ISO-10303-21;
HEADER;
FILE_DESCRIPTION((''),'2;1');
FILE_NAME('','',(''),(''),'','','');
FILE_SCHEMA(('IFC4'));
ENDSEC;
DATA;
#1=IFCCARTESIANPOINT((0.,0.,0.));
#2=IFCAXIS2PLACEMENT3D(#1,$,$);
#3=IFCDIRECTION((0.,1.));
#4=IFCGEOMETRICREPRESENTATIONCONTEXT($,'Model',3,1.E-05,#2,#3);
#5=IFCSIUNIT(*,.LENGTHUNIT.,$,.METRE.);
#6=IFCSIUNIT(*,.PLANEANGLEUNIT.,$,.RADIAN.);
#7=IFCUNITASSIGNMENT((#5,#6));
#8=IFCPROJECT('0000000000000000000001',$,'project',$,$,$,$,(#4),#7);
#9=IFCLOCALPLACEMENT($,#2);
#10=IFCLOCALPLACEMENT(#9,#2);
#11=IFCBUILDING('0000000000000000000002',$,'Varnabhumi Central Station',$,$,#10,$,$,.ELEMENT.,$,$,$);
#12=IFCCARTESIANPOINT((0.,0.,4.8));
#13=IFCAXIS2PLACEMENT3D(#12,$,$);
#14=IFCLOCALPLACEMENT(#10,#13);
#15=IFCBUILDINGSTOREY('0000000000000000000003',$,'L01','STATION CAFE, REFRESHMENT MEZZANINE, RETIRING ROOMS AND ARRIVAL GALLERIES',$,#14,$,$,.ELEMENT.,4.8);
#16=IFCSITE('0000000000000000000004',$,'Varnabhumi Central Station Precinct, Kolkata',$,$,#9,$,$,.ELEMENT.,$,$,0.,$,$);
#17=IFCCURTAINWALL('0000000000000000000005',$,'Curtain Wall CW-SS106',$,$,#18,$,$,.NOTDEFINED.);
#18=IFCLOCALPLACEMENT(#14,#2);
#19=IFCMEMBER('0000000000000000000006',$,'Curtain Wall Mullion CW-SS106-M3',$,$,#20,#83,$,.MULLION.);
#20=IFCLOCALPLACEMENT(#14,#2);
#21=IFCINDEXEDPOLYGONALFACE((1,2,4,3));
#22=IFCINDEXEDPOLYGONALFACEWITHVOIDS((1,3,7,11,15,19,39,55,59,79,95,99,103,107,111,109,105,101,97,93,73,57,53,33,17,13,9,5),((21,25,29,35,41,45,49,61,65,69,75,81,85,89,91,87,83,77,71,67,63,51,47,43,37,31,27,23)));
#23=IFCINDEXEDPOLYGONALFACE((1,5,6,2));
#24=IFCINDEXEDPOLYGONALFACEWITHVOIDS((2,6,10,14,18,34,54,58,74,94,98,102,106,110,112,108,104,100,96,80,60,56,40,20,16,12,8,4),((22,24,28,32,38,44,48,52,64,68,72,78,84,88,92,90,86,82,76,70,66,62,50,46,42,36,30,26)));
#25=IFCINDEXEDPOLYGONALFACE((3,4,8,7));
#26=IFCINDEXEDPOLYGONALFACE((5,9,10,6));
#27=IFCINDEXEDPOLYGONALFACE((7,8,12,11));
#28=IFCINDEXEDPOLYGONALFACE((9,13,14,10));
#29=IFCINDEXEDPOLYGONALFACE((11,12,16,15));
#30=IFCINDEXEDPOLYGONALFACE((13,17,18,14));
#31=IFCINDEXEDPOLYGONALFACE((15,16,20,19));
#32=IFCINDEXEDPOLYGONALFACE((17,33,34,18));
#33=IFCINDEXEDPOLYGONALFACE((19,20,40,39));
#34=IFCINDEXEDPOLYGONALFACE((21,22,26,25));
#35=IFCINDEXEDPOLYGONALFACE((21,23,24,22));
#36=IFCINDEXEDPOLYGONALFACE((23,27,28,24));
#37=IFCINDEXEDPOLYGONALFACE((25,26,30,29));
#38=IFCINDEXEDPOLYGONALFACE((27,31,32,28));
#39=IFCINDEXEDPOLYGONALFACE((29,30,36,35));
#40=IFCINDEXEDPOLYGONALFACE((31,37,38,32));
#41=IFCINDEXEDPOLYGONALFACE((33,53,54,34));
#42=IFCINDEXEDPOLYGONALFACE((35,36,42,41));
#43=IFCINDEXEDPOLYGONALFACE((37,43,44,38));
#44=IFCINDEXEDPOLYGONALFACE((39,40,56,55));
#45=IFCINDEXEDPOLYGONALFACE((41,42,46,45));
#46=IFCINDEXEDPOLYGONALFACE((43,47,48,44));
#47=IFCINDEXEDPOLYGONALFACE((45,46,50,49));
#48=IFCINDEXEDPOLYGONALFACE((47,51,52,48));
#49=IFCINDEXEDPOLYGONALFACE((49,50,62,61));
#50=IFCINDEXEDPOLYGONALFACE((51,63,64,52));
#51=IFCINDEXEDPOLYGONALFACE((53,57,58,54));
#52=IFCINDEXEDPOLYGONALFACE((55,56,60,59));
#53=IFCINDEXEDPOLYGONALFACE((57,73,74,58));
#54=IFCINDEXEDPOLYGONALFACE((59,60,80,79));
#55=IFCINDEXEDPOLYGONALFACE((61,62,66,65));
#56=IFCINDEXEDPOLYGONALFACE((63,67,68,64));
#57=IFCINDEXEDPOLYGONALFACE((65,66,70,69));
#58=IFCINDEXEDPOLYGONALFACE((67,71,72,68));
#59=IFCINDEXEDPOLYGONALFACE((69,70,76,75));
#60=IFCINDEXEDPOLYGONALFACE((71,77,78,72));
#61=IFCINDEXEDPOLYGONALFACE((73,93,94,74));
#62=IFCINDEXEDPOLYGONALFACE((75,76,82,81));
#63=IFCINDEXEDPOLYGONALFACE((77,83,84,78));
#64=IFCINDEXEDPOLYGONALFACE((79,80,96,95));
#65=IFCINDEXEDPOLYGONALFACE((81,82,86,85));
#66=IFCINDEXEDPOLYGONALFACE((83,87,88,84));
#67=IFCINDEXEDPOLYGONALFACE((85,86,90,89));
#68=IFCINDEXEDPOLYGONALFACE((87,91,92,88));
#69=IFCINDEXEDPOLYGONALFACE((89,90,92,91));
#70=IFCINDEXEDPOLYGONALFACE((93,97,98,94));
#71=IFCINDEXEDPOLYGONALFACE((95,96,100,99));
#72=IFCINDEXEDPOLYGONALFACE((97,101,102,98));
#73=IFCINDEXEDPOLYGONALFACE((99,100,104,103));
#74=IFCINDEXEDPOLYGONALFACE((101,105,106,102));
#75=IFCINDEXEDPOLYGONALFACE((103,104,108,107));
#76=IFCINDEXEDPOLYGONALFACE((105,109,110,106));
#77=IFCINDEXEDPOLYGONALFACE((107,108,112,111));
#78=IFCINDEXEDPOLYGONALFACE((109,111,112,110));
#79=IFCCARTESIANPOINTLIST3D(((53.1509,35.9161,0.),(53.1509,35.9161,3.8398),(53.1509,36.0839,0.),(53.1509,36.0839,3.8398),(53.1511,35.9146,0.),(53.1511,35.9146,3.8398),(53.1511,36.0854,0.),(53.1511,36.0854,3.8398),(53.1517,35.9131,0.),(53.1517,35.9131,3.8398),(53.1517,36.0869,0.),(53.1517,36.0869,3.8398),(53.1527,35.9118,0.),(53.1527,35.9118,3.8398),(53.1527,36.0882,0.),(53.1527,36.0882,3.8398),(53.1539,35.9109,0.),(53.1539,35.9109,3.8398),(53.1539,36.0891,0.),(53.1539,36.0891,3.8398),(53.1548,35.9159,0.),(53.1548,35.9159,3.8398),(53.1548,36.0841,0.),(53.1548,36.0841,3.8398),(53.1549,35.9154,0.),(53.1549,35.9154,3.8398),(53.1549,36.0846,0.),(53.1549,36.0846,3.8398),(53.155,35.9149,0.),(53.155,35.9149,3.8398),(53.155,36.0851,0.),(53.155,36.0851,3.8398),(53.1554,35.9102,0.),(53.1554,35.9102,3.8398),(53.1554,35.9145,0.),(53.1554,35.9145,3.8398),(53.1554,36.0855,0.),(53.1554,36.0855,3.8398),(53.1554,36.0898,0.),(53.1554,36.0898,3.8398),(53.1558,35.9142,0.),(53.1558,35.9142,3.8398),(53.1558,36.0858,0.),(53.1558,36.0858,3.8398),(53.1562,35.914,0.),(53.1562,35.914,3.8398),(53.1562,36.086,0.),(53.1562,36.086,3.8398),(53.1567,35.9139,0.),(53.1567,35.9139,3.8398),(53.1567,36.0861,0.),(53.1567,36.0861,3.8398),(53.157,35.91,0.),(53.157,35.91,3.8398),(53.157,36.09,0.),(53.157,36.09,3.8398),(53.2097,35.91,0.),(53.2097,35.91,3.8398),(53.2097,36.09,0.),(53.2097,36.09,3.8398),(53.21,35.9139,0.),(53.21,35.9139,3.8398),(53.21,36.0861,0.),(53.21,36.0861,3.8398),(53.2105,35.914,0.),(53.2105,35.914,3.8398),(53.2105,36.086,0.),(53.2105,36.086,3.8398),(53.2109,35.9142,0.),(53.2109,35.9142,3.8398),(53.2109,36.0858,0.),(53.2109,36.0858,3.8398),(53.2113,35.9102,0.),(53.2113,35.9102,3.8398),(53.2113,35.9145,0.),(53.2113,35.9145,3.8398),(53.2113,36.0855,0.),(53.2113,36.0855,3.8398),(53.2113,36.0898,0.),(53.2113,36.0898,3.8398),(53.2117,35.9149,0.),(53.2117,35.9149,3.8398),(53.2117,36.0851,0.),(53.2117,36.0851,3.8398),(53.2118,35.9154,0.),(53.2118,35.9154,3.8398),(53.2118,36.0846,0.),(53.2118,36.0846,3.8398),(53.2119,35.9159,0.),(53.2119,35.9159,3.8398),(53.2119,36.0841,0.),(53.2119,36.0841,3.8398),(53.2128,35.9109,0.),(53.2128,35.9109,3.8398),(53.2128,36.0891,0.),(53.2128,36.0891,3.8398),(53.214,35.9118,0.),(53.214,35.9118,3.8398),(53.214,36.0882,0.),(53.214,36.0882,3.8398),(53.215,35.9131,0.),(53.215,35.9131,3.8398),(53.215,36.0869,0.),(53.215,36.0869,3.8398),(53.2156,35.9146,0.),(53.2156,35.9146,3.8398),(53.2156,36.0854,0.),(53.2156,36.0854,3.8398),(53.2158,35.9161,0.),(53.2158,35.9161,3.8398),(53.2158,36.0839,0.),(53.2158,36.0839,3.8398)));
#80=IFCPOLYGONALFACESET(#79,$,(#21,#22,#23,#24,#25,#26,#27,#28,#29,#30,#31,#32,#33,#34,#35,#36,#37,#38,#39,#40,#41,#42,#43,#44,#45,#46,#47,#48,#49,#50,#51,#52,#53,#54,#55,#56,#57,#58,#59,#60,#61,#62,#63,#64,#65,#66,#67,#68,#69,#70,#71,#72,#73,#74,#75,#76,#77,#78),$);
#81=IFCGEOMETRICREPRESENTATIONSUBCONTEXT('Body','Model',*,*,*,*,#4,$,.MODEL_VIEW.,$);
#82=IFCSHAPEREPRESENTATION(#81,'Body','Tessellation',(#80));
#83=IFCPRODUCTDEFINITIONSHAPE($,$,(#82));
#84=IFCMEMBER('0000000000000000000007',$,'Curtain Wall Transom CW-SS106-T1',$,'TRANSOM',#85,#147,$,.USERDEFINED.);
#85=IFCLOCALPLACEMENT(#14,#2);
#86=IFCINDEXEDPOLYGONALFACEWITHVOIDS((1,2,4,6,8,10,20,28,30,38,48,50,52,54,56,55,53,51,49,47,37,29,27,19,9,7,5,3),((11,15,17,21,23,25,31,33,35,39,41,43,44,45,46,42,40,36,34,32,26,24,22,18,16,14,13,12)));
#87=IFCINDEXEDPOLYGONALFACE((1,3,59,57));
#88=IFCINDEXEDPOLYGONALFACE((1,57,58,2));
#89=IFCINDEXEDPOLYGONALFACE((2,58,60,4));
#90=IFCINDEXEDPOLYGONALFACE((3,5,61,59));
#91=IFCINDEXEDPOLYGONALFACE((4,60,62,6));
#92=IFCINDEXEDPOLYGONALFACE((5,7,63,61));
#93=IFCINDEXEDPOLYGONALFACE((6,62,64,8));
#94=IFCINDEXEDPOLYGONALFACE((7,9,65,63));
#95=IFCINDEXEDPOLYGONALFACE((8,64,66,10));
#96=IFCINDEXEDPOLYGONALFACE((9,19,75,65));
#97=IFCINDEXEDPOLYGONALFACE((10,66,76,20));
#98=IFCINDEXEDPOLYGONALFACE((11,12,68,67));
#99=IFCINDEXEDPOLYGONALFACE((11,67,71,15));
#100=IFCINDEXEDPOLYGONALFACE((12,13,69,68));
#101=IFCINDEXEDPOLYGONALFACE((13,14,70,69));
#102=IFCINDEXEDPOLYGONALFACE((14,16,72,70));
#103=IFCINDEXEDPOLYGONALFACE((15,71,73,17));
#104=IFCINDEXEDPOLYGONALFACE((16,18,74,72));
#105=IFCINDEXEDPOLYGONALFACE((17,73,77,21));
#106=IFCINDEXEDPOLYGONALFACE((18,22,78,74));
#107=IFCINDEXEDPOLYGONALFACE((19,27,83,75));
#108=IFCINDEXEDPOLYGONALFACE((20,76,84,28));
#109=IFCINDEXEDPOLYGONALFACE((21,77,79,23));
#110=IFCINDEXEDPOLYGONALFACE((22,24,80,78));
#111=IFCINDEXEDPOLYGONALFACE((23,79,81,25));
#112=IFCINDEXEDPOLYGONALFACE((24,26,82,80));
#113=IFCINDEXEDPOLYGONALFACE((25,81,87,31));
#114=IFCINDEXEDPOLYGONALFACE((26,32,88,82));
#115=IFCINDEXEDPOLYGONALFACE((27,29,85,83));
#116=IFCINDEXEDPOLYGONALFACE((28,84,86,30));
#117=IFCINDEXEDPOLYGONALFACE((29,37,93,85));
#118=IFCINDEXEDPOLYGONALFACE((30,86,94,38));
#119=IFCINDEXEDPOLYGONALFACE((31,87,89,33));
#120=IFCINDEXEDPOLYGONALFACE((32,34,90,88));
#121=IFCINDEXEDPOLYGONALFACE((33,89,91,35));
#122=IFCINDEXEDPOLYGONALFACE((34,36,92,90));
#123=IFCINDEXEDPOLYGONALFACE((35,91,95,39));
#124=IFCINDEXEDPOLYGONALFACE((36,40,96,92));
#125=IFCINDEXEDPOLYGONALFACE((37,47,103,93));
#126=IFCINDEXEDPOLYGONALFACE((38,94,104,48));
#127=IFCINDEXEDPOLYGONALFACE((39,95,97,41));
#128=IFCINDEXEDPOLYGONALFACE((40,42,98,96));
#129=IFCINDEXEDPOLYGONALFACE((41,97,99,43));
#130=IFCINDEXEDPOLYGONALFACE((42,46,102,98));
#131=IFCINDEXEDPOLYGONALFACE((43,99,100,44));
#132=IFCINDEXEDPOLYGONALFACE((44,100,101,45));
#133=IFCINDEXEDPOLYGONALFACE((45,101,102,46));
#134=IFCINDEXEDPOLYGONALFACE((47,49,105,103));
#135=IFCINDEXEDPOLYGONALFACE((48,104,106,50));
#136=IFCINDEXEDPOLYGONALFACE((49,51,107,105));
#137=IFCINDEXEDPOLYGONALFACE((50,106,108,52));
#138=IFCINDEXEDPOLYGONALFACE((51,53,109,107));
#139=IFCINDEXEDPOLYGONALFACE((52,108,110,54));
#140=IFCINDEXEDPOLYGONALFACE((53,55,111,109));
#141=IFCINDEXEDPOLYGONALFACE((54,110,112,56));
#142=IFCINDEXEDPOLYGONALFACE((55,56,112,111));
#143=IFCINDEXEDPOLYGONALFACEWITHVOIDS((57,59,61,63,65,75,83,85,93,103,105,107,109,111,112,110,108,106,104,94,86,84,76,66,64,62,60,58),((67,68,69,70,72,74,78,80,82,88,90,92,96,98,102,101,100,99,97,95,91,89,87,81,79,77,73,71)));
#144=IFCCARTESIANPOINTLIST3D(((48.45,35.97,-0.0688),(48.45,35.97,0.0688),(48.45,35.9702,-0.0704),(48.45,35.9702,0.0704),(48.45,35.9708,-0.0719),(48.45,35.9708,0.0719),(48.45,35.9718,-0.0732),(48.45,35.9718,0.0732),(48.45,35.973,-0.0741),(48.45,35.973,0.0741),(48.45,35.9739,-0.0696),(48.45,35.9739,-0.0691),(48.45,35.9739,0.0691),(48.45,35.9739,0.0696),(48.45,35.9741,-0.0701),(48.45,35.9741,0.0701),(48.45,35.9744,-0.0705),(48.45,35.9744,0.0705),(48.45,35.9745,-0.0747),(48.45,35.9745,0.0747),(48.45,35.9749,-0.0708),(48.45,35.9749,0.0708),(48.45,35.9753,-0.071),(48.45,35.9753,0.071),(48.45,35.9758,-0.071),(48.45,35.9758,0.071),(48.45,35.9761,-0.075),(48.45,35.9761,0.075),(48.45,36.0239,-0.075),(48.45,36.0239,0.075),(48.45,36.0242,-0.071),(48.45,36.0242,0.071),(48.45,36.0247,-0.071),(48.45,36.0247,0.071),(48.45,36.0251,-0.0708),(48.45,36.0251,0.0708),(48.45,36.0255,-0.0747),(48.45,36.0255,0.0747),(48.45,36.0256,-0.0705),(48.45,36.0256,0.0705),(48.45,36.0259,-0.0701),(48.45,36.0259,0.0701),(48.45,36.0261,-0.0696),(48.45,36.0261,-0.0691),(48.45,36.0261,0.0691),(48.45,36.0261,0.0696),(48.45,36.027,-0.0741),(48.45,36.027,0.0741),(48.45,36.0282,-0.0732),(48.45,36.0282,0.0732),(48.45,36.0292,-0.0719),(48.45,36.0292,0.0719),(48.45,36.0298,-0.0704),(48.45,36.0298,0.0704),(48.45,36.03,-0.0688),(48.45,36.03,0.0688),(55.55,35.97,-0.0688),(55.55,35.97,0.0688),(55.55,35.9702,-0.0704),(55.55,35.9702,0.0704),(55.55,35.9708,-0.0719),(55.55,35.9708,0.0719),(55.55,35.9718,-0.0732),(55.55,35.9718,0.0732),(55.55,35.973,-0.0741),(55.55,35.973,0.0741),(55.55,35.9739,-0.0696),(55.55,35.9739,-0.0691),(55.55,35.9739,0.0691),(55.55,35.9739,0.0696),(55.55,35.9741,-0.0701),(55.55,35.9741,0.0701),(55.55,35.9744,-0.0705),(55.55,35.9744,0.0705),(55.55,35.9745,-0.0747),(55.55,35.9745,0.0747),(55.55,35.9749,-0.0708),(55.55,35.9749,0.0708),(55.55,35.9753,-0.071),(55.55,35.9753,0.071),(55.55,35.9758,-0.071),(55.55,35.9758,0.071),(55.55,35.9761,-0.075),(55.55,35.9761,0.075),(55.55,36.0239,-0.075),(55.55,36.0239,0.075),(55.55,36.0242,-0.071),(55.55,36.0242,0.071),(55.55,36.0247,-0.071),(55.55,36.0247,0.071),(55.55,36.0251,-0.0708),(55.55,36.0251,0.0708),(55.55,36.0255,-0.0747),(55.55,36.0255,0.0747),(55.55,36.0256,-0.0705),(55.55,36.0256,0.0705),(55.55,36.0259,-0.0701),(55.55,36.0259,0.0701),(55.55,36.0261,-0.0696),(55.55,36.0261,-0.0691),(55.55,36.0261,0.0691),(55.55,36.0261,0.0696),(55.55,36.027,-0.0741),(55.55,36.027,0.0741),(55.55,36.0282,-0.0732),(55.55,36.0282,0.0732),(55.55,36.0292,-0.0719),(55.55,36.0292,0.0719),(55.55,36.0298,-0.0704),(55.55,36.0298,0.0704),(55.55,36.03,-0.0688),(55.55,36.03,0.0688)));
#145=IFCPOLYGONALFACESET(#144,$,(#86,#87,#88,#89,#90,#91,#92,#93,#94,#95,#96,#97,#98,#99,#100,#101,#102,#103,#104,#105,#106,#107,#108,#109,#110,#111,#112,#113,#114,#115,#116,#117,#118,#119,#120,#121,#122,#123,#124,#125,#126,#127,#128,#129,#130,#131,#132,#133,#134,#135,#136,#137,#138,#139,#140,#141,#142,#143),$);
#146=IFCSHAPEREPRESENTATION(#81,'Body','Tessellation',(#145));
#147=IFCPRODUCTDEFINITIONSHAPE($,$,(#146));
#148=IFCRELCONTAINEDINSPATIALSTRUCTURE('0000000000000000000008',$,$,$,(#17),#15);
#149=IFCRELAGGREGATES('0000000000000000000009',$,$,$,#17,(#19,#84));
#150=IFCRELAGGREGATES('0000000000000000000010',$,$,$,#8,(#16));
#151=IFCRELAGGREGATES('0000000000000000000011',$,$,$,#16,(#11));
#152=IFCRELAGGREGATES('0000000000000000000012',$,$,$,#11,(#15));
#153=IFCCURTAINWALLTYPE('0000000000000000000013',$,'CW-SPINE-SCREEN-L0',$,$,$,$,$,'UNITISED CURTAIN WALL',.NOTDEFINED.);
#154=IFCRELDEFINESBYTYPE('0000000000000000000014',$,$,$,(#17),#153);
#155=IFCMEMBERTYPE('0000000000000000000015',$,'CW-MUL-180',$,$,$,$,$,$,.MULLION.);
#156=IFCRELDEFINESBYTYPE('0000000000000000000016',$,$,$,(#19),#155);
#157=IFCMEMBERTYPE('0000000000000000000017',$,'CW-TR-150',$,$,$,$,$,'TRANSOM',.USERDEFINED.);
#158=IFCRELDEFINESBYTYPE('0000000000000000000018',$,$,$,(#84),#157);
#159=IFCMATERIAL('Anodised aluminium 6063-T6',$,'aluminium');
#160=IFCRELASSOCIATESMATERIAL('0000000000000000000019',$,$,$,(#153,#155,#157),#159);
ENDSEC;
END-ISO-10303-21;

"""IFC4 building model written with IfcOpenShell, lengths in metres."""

from ifc_helpers import new_model, si_unit, direction, frame, origin, origin_2d, place, context, subcontext, project, spatial, hollow_rectangle, extrude, material, material_profile, profile_set, type_object, element, aggregate, save


model = new_model("IFC4")

# Units and contexts
model_context = context("Model", 3, precision=1e-05, world=origin(), true_north=direction((0.0, 1.0)))
body_context = subcontext(model_context, "Body", "Model", "MODEL_VIEW")
ifc_project = project(units=[si_unit("LENGTHUNIT", "METRE"), si_unit("PLANEANGLEUNIT", "RADIAN")], contexts=[model_context])

# Site, building, storey
site_placement = place(None, origin())
site = spatial("IfcSite", under=ifc_project, at=site_placement, Name="Varnabhumi Central Station Precinct, Kolkata", CompositionType="ELEMENT", RefElevation=0.0)
building_placement = place(site_placement, origin())
building = spatial("IfcBuilding", under=site, at=building_placement, Name="Varnabhumi Central Station", CompositionType="ELEMENT")
storey_placement = place(building_placement, frame((0.0, 0.0, 4.8)))
storey = spatial("IfcBuildingStorey", under=building, at=storey_placement, Name="L01", Description="STATION CAFE, REFRESHMENT MEZZANINE, RETIRING ROOMS AND ARRIVAL GALLERIES", CompositionType="ELEMENT", Elevation=4.8)

# Curtain wall, members
ifc_material_1 = material(Name="Anodised aluminium 6063-T6", Category="aluminium")
curtain_wall_type = type_object("IfcCurtainWallType", Name="CW-SPINE-SCREEN-L0", ElementType="UNITISED CURTAIN WALL", PredefinedType="NOTDEFINED", material=ifc_material_1)
curtain_wall_placement = place(storey_placement, origin())
curtain_wall = element("IfcCurtainWall", 1, at=curtain_wall_placement, inside=storey, type_object=curtain_wall_type, Name="Curtain Wall CW-SS106", PredefinedType="NOTDEFINED")
ifc_material_profile_1 = material_profile(ifc_material_1, hollow_rectangle(XDim=0.0649, YDim=0.1799, WallThickness=0.0039, InnerFilletRadius=0.002, OuterFilletRadius=0.0061, at=origin_2d()), Name="Anodised aluminium 6063-T6", Category="aluminium")
ifc_profile_set_1 = profile_set([ifc_material_profile_1], Name="Anodised aluminium 6063-T6")
member_type_1 = type_object("IfcMemberType", Name="CW-MUL-180", PredefinedType="MULLION", material=ifc_profile_set_1)
member_1_placement = place(storey_placement, frame((53.1833, 36.0, 0.0), z_axis=(0.0, 0.0, 1.0), x_axis=(1.0, 0.0, 0.0)))
member_1 = element("IfcMember", 2, at=member_1_placement, type_object=member_type_1, Name="Curtain Wall Mullion CW-SS106-M3", PredefinedType="MULLION", context=body_context, shape_type="SweptSolid", body=[
    extrude(hollow_rectangle(XDim=0.0649, YDim=0.1799, WallThickness=0.0039, InnerFilletRadius=0.002, OuterFilletRadius=0.0061, at=origin_2d()), origin(), (0.0, 0.0, 1.0), 3.8398),
])
ifc_material_profile_2 = material_profile(ifc_material_1, hollow_rectangle(XDim=0.0601, YDim=0.1499, WallThickness=0.0039, InnerFilletRadius=0.002, OuterFilletRadius=0.0061, at=origin_2d()), Name="Anodised aluminium 6063-T6", Category="aluminium")
ifc_profile_set_2 = profile_set([ifc_material_profile_2], Name="Anodised aluminium 6063-T6")
member_type_2 = type_object("IfcMemberType", Name="CW-TR-150", ElementType="TRANSOM", PredefinedType="USERDEFINED", material=ifc_profile_set_2)
member_2_placement = place(storey_placement, frame((48.45, 36.0, 0.0), z_axis=(1.0, 0.0, 0.0), x_axis=(0.0, 1.0, 0.0)))
member_2 = element("IfcMember", 3, at=member_2_placement, type_object=member_type_2, Name="Curtain Wall Transom CW-SS106-T1", ObjectType="TRANSOM", PredefinedType="USERDEFINED", context=body_context, shape_type="SweptSolid", body=[
    extrude(hollow_rectangle(XDim=0.0601, YDim=0.1499, WallThickness=0.0039, InnerFilletRadius=0.002, OuterFilletRadius=0.0061, at=origin_2d()), origin(), (0.0, 0.0, 1.0), 7.1001),
])
aggregate(curtain_wall, [member_1, member_2])

save(model, "model.ifc")
